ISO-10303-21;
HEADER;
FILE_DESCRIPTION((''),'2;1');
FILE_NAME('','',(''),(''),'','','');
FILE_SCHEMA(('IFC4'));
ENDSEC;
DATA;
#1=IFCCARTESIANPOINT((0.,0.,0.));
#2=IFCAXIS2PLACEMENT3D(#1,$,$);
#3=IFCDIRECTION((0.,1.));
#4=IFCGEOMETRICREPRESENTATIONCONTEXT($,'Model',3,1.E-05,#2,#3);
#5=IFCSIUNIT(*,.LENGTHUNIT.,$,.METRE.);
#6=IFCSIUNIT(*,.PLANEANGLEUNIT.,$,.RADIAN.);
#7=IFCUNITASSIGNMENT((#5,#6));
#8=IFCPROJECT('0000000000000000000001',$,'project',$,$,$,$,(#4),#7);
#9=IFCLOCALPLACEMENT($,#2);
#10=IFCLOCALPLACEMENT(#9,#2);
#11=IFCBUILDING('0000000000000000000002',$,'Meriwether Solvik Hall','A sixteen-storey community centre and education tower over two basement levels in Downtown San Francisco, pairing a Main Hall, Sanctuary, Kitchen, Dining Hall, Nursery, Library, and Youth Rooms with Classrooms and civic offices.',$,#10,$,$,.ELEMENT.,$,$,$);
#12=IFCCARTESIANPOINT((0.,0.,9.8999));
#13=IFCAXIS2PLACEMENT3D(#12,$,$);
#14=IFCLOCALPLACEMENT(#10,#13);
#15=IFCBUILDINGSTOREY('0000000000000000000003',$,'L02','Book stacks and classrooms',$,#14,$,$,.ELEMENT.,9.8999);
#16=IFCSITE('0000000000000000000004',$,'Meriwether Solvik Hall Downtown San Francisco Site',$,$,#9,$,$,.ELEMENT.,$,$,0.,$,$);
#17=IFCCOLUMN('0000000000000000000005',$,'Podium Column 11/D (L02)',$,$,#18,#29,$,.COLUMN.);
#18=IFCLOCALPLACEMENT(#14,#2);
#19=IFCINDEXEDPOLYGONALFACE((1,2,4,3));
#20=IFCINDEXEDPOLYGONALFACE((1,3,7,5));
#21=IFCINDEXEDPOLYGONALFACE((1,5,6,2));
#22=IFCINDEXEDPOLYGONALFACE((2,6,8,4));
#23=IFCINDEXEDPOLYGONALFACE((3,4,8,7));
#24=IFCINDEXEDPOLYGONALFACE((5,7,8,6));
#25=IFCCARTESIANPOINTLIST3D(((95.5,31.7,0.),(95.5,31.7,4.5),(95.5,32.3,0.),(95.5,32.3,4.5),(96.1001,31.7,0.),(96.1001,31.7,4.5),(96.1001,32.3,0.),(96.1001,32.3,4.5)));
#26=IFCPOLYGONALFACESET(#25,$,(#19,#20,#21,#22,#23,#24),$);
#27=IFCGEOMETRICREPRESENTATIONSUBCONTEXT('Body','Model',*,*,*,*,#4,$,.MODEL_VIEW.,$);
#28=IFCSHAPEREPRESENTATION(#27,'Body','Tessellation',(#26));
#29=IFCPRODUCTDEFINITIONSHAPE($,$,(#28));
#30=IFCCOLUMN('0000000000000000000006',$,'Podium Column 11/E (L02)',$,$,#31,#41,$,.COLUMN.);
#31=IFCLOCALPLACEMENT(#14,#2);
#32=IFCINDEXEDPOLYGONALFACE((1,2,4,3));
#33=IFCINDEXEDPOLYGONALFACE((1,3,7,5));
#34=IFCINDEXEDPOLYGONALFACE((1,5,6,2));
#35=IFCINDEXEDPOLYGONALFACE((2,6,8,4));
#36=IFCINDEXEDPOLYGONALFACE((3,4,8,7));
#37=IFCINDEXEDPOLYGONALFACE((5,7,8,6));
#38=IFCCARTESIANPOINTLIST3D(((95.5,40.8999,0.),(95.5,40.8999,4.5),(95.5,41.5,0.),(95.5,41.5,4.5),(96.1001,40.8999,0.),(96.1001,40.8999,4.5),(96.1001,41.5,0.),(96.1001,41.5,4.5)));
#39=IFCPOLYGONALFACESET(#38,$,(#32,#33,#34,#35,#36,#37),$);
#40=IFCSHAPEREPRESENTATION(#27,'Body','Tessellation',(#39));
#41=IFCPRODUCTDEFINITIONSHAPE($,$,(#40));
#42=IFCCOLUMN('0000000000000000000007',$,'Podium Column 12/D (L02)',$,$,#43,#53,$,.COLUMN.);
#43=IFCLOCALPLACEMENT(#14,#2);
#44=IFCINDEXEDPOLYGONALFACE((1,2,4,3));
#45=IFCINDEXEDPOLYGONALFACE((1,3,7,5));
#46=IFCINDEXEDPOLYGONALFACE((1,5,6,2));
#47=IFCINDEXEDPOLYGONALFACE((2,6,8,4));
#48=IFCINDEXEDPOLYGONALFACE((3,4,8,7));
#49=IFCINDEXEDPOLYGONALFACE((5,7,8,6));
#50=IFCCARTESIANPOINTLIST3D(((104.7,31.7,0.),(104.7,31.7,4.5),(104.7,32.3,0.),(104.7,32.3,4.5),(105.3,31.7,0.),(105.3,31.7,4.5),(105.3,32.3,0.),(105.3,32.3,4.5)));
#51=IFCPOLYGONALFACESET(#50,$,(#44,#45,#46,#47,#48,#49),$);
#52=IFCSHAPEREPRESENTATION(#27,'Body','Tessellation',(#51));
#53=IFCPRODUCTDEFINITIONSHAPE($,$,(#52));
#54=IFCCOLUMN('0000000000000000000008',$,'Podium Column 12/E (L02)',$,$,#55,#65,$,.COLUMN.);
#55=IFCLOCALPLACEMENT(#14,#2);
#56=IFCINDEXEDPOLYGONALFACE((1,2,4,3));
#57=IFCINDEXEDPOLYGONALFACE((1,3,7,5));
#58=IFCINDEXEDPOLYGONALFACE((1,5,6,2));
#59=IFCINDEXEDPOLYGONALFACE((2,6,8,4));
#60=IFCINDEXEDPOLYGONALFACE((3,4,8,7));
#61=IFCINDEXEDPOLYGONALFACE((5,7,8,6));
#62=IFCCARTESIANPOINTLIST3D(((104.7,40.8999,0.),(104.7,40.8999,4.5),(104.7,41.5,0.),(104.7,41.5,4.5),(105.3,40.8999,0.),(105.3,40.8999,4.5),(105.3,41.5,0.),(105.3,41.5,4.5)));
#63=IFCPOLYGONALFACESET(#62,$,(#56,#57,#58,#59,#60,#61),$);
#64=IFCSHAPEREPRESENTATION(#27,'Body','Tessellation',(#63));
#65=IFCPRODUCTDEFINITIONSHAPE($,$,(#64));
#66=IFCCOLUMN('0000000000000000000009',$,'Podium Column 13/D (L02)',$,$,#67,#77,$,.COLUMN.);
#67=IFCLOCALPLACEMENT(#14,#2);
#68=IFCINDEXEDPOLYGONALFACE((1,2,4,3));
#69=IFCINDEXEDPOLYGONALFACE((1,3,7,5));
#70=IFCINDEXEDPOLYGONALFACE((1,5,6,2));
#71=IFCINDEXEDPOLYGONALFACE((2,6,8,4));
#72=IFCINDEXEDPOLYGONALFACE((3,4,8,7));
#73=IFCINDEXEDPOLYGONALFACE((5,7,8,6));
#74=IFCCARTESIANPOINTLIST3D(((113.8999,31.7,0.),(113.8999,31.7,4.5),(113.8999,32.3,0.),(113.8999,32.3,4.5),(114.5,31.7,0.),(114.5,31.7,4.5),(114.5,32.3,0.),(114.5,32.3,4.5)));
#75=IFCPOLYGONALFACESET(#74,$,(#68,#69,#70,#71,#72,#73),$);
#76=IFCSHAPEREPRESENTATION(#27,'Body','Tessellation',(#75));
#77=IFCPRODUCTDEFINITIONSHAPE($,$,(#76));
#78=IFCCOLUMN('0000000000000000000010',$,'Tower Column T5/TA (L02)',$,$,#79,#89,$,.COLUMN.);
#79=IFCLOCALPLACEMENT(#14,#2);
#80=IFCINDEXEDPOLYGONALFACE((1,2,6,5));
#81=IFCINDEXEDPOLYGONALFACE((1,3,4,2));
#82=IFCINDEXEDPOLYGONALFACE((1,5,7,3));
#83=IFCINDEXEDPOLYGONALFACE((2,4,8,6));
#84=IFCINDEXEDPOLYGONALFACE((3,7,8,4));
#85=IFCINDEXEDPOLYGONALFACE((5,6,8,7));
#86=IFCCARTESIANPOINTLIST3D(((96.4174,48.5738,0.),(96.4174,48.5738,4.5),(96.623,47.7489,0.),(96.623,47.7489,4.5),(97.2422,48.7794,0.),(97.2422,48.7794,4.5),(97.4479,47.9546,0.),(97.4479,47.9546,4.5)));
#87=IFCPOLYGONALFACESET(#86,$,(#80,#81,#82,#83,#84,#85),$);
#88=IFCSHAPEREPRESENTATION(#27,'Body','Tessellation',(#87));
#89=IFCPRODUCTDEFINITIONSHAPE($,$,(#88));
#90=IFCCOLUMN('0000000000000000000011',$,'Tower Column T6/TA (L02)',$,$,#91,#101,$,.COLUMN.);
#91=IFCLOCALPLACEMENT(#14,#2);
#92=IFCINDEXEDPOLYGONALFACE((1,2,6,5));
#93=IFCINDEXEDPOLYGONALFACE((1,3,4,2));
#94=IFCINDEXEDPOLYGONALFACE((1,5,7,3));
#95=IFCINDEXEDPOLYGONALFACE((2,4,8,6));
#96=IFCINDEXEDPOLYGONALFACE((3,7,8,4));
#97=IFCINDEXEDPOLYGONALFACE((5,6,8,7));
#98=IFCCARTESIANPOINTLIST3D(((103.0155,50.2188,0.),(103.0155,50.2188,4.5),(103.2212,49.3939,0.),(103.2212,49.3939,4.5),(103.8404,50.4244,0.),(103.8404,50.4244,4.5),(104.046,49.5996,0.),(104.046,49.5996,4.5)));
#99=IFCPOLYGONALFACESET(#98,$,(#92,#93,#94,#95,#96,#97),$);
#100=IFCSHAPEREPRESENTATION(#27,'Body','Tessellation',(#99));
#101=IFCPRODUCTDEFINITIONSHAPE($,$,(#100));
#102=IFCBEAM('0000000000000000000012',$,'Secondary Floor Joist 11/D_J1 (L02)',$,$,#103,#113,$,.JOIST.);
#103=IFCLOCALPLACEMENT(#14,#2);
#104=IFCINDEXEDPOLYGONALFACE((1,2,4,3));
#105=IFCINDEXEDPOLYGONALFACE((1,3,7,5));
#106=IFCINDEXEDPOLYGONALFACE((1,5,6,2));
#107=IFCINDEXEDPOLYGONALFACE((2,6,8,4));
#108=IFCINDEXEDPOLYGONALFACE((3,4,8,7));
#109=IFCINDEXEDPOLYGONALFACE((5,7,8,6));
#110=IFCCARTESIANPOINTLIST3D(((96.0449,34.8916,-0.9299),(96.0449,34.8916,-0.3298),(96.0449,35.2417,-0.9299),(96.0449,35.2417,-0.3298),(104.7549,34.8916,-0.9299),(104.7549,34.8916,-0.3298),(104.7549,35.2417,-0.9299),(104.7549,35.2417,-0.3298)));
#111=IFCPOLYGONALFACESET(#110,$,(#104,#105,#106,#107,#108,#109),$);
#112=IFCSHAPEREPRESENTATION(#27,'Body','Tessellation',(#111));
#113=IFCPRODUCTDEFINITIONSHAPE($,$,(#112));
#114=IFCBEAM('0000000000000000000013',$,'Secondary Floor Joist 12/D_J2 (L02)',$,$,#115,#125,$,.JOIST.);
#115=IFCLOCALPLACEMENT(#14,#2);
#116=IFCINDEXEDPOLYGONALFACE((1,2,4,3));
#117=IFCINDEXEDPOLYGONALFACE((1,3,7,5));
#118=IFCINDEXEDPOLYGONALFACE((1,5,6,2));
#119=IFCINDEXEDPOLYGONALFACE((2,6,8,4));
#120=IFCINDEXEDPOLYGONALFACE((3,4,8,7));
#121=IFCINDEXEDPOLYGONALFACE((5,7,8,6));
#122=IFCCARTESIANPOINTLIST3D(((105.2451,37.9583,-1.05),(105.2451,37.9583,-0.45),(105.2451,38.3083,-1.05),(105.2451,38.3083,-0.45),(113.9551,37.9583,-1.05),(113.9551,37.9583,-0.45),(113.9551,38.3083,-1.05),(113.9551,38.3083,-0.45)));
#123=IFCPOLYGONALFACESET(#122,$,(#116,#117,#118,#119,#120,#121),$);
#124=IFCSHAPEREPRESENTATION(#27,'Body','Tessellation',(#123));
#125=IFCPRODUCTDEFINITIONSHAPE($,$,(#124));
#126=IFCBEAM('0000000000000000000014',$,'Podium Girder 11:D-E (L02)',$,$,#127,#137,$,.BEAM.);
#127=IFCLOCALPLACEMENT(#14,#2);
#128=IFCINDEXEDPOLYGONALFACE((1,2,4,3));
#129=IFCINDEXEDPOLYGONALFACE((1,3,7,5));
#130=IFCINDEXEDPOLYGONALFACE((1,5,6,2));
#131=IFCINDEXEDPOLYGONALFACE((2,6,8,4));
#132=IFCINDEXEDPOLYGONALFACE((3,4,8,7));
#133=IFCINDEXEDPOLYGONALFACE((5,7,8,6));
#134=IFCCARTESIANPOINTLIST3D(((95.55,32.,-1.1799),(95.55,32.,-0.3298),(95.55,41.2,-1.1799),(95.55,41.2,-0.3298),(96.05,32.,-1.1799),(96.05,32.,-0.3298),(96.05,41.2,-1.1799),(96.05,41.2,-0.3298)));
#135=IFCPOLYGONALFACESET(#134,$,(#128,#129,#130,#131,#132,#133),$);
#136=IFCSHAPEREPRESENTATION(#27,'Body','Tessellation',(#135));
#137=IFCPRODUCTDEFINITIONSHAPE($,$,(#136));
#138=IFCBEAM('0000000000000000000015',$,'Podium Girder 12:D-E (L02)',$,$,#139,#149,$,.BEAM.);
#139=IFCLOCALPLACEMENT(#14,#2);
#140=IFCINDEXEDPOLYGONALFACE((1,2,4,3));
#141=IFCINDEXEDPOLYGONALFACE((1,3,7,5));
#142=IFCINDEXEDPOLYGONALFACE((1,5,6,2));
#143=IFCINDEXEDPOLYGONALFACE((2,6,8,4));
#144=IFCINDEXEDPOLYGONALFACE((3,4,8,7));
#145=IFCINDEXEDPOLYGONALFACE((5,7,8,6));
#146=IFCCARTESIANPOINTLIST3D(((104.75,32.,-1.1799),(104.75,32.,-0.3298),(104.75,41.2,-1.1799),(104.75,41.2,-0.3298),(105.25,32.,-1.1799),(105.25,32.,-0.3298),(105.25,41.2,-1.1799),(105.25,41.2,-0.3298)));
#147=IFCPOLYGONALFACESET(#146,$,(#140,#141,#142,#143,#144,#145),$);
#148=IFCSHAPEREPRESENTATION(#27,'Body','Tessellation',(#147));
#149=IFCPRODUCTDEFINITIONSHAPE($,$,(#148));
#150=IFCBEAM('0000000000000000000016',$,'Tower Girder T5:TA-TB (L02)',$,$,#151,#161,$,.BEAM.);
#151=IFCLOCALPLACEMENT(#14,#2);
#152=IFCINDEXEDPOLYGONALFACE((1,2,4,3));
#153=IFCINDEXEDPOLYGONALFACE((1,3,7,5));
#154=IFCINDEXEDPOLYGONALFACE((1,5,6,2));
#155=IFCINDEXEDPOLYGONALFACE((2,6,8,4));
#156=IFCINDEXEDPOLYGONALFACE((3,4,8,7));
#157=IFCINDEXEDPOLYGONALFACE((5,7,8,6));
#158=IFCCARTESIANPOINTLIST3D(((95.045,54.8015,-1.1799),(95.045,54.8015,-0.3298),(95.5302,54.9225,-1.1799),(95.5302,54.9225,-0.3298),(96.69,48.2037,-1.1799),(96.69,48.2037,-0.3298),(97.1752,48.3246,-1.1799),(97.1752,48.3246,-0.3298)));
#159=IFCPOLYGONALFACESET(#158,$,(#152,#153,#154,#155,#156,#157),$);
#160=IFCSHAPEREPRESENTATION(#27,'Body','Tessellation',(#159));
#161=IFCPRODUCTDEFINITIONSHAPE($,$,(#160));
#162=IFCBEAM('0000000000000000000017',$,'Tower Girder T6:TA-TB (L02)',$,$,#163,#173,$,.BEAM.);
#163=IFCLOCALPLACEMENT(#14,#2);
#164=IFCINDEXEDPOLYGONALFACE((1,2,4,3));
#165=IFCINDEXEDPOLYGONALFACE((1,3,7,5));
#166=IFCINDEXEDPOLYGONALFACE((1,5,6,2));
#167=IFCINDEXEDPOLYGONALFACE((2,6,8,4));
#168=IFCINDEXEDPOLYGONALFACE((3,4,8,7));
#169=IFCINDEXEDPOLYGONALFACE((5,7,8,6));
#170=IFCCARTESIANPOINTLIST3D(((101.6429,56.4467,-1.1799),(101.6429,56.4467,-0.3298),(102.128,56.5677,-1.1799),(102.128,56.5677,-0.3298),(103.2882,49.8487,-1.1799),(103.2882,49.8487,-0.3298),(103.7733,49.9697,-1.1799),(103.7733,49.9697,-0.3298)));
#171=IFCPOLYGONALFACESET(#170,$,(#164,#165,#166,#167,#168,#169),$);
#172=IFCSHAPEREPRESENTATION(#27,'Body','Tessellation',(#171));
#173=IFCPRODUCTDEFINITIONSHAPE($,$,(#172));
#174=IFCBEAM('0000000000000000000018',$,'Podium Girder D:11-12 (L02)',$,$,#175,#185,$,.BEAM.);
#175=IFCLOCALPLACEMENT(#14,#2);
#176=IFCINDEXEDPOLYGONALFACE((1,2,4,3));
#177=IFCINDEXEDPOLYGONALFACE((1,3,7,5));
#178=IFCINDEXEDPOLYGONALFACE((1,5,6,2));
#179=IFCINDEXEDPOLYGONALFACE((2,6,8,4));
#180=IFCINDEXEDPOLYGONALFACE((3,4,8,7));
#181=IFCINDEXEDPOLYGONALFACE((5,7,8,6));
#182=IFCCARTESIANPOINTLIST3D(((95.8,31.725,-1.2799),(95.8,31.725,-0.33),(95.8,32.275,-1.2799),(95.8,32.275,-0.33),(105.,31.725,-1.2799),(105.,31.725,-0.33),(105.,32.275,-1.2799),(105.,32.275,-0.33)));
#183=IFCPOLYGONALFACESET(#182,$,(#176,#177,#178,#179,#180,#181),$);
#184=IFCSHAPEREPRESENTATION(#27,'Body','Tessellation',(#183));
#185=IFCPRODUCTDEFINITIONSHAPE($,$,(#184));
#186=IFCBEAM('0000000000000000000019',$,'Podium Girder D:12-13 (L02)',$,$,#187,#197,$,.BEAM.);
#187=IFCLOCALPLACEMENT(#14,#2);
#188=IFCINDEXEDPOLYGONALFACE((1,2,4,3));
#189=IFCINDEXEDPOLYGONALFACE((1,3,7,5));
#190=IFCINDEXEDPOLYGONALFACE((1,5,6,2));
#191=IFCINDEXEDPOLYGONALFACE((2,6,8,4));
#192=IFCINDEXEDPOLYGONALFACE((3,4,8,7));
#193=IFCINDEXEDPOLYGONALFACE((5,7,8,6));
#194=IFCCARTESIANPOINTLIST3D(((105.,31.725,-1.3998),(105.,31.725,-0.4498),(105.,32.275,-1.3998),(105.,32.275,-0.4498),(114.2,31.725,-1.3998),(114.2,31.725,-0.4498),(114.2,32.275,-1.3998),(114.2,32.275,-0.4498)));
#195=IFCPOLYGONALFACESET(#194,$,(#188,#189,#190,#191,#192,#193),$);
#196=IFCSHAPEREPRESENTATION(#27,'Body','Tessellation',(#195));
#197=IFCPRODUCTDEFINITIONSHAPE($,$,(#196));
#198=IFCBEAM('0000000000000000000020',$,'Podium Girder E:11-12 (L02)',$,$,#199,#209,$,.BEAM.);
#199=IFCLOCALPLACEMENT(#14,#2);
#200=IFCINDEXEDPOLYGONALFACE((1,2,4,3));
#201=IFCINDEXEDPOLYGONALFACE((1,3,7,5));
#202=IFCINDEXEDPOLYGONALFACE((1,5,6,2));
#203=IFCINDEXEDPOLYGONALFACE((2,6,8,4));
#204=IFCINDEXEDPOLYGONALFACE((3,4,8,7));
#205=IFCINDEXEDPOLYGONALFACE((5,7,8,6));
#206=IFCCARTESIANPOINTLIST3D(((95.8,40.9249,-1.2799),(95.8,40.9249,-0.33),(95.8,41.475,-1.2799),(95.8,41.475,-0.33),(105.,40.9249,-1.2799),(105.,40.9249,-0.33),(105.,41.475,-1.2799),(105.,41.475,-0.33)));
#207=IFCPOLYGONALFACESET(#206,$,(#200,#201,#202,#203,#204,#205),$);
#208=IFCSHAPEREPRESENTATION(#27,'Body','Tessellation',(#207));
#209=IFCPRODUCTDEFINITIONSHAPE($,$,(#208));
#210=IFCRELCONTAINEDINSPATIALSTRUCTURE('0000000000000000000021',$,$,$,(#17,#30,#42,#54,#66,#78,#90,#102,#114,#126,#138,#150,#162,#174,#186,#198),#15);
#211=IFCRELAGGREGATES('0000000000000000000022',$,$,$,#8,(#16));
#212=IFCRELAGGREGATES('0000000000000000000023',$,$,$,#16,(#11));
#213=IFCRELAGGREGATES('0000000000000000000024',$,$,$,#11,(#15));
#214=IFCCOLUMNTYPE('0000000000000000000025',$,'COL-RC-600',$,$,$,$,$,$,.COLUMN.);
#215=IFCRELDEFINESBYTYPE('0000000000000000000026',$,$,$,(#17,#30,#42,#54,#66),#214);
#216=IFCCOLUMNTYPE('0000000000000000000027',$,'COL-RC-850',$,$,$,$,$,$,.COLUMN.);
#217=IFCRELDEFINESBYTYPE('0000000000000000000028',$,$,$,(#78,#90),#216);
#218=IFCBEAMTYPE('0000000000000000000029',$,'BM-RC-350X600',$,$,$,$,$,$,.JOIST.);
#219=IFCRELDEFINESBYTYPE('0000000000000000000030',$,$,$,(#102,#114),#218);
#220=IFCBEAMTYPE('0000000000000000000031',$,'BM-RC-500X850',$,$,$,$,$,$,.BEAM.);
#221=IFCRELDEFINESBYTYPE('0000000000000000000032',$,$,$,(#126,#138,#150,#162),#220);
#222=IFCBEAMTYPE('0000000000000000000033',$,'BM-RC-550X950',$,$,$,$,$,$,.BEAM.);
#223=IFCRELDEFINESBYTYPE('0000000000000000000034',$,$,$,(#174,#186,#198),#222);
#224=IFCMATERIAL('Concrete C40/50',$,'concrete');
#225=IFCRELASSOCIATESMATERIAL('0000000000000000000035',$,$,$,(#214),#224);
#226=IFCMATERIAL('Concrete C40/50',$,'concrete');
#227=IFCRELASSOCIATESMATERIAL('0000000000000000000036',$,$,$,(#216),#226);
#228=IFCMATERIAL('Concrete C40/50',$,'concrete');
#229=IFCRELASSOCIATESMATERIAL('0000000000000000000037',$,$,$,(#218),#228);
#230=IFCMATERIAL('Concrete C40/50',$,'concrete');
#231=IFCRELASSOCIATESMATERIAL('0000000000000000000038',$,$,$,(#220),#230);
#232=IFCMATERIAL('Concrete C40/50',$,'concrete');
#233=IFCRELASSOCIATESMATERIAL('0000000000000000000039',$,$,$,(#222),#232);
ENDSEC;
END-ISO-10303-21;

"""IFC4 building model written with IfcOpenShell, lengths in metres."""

from ifc_helpers import new_model, si_unit, direction, frame, origin, origin_2d, place, context, subcontext, project, spatial, rectangle, extrude, material, material_profile, profile_set, type_object, element, save


model = new_model("IFC4")

# Units and contexts
model_context = context("Model", 3, precision=1e-05, world=origin(), true_north=direction((0.0, 1.0)))
body_context = subcontext(model_context, "Body", "Model", "MODEL_VIEW")
ifc_project = project(units=[si_unit("LENGTHUNIT", "METRE"), si_unit("PLANEANGLEUNIT", "RADIAN")], contexts=[model_context])

# Site, building, storey
site_placement = place(None, origin())
site = spatial("IfcSite", under=ifc_project, at=site_placement, Name="Meriwether Solvik Hall Downtown San Francisco Site", CompositionType="ELEMENT", RefElevation=0.0)
building_placement = place(site_placement, origin())
building = spatial("IfcBuilding", under=site, at=building_placement, Name="Meriwether Solvik Hall", Description="A sixteen-storey community centre and education tower over two basement levels in Downtown San Francisco, pairing a Main Hall, Sanctuary, Kitchen, Dining Hall, Nursery, Library, and Youth Rooms with Classrooms and civic offices.", CompositionType="ELEMENT")
storey_placement = place(building_placement, frame((0.0, 0.0, 9.8999)))
storey = spatial("IfcBuildingStorey", under=building, at=storey_placement, Name="L02", Description="Book stacks and classrooms", CompositionType="ELEMENT", Elevation=9.8999)

# Columns
ifc_material_1 = material(Name="Concrete C40/50", Category="concrete")
ifc_material_profile_1 = material_profile(ifc_material_1, rectangle(XDim=0.6001, YDim=0.6001, at=origin_2d()), Name="RCC-600X600")
ifc_profile_set_1 = profile_set([ifc_material_profile_1], Name="Concrete C40/50")
column_type_1 = type_object("IfcColumnType", Name="COL-RC-600", PredefinedType="COLUMN", material=ifc_profile_set_1)
for number, where, z_axis, x_axis, name in (
    (1, (95.8, 32.0, 0.0), (0.0, 0.0, 1.0), (1.0, 0.0, 0.0), "Podium Column 11/D (L02)"),
    (2, (95.8, 41.2, 0.0), (0.0, 0.0, 1.0), (1.0, 0.0, 0.0), "Podium Column 11/E (L02)"),
    (3, (105.0, 32.0, 0.0), (0.0, 0.0, 1.0), (1.0, 0.0, 0.0), "Podium Column 12/D (L02)"),
    (4, (105.0, 41.2, 0.0), (0.0, 0.0, 1.0), (1.0, 0.0, 0.0), "Podium Column 12/E (L02)"),
    (5, (114.2, 32.0, 0.0), (0.0, 0.0, 1.0), (1.0, 0.0, 0.0), "Podium Column 13/D (L02)"),
):
    element("IfcColumn", number, at=place(storey_placement, frame(where, z_axis=z_axis, x_axis=x_axis)), inside=storey, type_object=column_type_1, Name=name, PredefinedType="COLUMN", context=body_context, shape_type="SweptSolid", body=[
        extrude(rectangle(XDim=0.6001, YDim=0.6001, at=origin_2d()), origin(), (0.0, 0.0, 1.0), 4.5),
    ])
ifc_material_2 = material(Name="Concrete C40/50", Category="concrete")
ifc_material_profile_2 = material_profile(ifc_material_2, rectangle(XDim=0.8501, YDim=0.8501, at=origin_2d()), Name="RCC-850X850")
ifc_profile_set_2 = profile_set([ifc_material_profile_2], Name="Concrete C40/50")
column_type_2 = type_object("IfcColumnType", Name="COL-RC-850", PredefinedType="COLUMN", material=ifc_profile_set_2)
for number, where, z_axis, x_axis, name in (
    (6, (96.9326, 48.2642, 0.0), (0.0, 0.0, 1.0), (0.970296, 0.241922, 0.0), "Tower Column T5/TA (L02)"),
    (7, (103.5308, 49.9092, 0.0), (0.0, 0.0, 1.0), (0.970296, 0.241922, 0.0), "Tower Column T6/TA (L02)"),
):
    element("IfcColumn", number, at=place(storey_placement, frame(where, z_axis=z_axis, x_axis=x_axis)), inside=storey, type_object=column_type_2, Name=name, PredefinedType="COLUMN", context=body_context, shape_type="SweptSolid", body=[
        extrude(rectangle(XDim=0.8501, YDim=0.8501, at=origin_2d()), origin(), (0.0, 0.0, 1.0), 4.5),
    ])

# Beams
ifc_material_3 = material(Name="Concrete C40/50", Category="concrete")
ifc_material_profile_3 = material_profile(ifc_material_3, rectangle(XDim=0.3501, YDim=0.6001, at=origin_2d()), Name="RCB-350X600")
ifc_profile_set_3 = profile_set([ifc_material_profile_3], Name="Concrete C40/50")
beam_type_1 = type_object("IfcBeamType", Name="BM-RC-350X600", PredefinedType="JOIST", material=ifc_profile_set_3)
for number, where, z_axis, x_axis, name in (
    (8, (96.0449, 35.0667, -0.6299), (1.0, 0.0, 0.0), (0.0, 1.0, 0.0), "Secondary Floor Joist 11/D_J1 (L02)"),
    (9, (105.2451, 38.1333, -0.75), (1.0, 0.0, 0.0), (0.0, 1.0, 0.0), "Secondary Floor Joist 12/D_J2 (L02)"),
):
    element("IfcBeam", number, at=place(storey_placement, frame(where, z_axis=z_axis, x_axis=x_axis)), inside=storey, type_object=beam_type_1, Name=name, PredefinedType="JOIST", context=body_context, shape_type="SweptSolid", body=[
        extrude(rectangle(XDim=0.3501, YDim=0.6001, at=origin_2d()), origin(), (0.0, 0.0, 1.0), 8.71),
    ])
ifc_material_4 = material(Name="Concrete C40/50", Category="concrete")
ifc_material_profile_4 = material_profile(ifc_material_4, rectangle(XDim=0.5, YDim=0.8501, at=origin_2d()), Name="RCB-500X850")
ifc_profile_set_4 = profile_set([ifc_material_profile_4], Name="Concrete C40/50")
beam_type_2 = type_object("IfcBeamType", Name="BM-RC-500X850", PredefinedType="BEAM", material=ifc_profile_set_4)
for number, where, z_axis, x_axis, name in (
    (10, (95.8, 32.0, -0.7549), (0.0, 1.0, 0.0), (-1.0, 0.0, 0.0), "Podium Girder 11:D-E (L02)"),
    (11, (105.0, 32.0, -0.7549), (0.0, 1.0, 0.0), (-1.0, 0.0, 0.0), "Podium Girder 12:D-E (L02)"),
):
    element("IfcBeam", number, at=place(storey_placement, frame(where, z_axis=z_axis, x_axis=x_axis)), inside=storey, type_object=beam_type_2, Name=name, PredefinedType="BEAM", context=body_context, shape_type="SweptSolid", body=[
        extrude(rectangle(XDim=0.5, YDim=0.8501, at=origin_2d()), origin(), (0.0, 0.0, 1.0), 9.2),
    ])
beam_1_placement = place(storey_placement, frame((96.9326, 48.2642, -0.7549), z_axis=(-0.241919, 0.970296, 0.0), x_axis=(-0.970296, -0.241919, 0.0)))
element("IfcBeam", 12, at=beam_1_placement, inside=storey, type_object=beam_type_2, Name="Tower Girder T5:TA-TB (L02)", PredefinedType="BEAM", context=body_context, shape_type="SweptSolid", body=[
    extrude(rectangle(XDim=0.5, YDim=0.8501, at=origin_2d()), origin(), (0.0, 0.0, 1.0), 6.7998),
])
beam_2_placement = place(storey_placement, frame((103.5308, 49.9092, -0.7549), z_axis=(-0.241953, 0.970288, 0.0), x_axis=(-0.970288, -0.241953, 0.0)))
element("IfcBeam", 13, at=beam_2_placement, inside=storey, type_object=beam_type_2, Name="Tower Girder T6:TA-TB (L02)", PredefinedType="BEAM", context=body_context, shape_type="SweptSolid", body=[
    extrude(rectangle(XDim=0.5, YDim=0.8501, at=origin_2d()), origin(), (0.0, 0.0, 1.0), 6.8),
])
ifc_material_5 = material(Name="Concrete C40/50", Category="concrete")
ifc_material_profile_5 = material_profile(ifc_material_5, rectangle(XDim=0.55, YDim=0.95, at=origin_2d()), Name="RCB-550X950")
ifc_profile_set_5 = profile_set([ifc_material_profile_5], Name="Concrete C40/50")
beam_type_3 = type_object("IfcBeamType", Name="BM-RC-550X950", PredefinedType="BEAM", material=ifc_profile_set_5)
for number, where, z_axis, x_axis, name in (
    (14, (95.8, 32.0, -0.8049), (1.0, 0.0, 0.0), (0.0, 1.0, 0.0), "Podium Girder D:11-12 (L02)"),
    (15, (105.0, 32.0, -0.9248), (1.0, 0.0, 0.0), (0.0, 1.0, 0.0), "Podium Girder D:12-13 (L02)"),
    (16, (95.8, 41.2, -0.8049), (1.0, 0.0, 0.0), (0.0, 1.0, 0.0), "Podium Girder E:11-12 (L02)"),
):
    element("IfcBeam", number, at=place(storey_placement, frame(where, z_axis=z_axis, x_axis=x_axis)), inside=storey, type_object=beam_type_3, Name=name, PredefinedType="BEAM", context=body_context, shape_type="SweptSolid", body=[
        extrude(rectangle(XDim=0.55, YDim=0.95, at=origin_2d()), origin(), (0.0, 0.0, 1.0), 9.2),
    ])

save(model, "model.ifc")
